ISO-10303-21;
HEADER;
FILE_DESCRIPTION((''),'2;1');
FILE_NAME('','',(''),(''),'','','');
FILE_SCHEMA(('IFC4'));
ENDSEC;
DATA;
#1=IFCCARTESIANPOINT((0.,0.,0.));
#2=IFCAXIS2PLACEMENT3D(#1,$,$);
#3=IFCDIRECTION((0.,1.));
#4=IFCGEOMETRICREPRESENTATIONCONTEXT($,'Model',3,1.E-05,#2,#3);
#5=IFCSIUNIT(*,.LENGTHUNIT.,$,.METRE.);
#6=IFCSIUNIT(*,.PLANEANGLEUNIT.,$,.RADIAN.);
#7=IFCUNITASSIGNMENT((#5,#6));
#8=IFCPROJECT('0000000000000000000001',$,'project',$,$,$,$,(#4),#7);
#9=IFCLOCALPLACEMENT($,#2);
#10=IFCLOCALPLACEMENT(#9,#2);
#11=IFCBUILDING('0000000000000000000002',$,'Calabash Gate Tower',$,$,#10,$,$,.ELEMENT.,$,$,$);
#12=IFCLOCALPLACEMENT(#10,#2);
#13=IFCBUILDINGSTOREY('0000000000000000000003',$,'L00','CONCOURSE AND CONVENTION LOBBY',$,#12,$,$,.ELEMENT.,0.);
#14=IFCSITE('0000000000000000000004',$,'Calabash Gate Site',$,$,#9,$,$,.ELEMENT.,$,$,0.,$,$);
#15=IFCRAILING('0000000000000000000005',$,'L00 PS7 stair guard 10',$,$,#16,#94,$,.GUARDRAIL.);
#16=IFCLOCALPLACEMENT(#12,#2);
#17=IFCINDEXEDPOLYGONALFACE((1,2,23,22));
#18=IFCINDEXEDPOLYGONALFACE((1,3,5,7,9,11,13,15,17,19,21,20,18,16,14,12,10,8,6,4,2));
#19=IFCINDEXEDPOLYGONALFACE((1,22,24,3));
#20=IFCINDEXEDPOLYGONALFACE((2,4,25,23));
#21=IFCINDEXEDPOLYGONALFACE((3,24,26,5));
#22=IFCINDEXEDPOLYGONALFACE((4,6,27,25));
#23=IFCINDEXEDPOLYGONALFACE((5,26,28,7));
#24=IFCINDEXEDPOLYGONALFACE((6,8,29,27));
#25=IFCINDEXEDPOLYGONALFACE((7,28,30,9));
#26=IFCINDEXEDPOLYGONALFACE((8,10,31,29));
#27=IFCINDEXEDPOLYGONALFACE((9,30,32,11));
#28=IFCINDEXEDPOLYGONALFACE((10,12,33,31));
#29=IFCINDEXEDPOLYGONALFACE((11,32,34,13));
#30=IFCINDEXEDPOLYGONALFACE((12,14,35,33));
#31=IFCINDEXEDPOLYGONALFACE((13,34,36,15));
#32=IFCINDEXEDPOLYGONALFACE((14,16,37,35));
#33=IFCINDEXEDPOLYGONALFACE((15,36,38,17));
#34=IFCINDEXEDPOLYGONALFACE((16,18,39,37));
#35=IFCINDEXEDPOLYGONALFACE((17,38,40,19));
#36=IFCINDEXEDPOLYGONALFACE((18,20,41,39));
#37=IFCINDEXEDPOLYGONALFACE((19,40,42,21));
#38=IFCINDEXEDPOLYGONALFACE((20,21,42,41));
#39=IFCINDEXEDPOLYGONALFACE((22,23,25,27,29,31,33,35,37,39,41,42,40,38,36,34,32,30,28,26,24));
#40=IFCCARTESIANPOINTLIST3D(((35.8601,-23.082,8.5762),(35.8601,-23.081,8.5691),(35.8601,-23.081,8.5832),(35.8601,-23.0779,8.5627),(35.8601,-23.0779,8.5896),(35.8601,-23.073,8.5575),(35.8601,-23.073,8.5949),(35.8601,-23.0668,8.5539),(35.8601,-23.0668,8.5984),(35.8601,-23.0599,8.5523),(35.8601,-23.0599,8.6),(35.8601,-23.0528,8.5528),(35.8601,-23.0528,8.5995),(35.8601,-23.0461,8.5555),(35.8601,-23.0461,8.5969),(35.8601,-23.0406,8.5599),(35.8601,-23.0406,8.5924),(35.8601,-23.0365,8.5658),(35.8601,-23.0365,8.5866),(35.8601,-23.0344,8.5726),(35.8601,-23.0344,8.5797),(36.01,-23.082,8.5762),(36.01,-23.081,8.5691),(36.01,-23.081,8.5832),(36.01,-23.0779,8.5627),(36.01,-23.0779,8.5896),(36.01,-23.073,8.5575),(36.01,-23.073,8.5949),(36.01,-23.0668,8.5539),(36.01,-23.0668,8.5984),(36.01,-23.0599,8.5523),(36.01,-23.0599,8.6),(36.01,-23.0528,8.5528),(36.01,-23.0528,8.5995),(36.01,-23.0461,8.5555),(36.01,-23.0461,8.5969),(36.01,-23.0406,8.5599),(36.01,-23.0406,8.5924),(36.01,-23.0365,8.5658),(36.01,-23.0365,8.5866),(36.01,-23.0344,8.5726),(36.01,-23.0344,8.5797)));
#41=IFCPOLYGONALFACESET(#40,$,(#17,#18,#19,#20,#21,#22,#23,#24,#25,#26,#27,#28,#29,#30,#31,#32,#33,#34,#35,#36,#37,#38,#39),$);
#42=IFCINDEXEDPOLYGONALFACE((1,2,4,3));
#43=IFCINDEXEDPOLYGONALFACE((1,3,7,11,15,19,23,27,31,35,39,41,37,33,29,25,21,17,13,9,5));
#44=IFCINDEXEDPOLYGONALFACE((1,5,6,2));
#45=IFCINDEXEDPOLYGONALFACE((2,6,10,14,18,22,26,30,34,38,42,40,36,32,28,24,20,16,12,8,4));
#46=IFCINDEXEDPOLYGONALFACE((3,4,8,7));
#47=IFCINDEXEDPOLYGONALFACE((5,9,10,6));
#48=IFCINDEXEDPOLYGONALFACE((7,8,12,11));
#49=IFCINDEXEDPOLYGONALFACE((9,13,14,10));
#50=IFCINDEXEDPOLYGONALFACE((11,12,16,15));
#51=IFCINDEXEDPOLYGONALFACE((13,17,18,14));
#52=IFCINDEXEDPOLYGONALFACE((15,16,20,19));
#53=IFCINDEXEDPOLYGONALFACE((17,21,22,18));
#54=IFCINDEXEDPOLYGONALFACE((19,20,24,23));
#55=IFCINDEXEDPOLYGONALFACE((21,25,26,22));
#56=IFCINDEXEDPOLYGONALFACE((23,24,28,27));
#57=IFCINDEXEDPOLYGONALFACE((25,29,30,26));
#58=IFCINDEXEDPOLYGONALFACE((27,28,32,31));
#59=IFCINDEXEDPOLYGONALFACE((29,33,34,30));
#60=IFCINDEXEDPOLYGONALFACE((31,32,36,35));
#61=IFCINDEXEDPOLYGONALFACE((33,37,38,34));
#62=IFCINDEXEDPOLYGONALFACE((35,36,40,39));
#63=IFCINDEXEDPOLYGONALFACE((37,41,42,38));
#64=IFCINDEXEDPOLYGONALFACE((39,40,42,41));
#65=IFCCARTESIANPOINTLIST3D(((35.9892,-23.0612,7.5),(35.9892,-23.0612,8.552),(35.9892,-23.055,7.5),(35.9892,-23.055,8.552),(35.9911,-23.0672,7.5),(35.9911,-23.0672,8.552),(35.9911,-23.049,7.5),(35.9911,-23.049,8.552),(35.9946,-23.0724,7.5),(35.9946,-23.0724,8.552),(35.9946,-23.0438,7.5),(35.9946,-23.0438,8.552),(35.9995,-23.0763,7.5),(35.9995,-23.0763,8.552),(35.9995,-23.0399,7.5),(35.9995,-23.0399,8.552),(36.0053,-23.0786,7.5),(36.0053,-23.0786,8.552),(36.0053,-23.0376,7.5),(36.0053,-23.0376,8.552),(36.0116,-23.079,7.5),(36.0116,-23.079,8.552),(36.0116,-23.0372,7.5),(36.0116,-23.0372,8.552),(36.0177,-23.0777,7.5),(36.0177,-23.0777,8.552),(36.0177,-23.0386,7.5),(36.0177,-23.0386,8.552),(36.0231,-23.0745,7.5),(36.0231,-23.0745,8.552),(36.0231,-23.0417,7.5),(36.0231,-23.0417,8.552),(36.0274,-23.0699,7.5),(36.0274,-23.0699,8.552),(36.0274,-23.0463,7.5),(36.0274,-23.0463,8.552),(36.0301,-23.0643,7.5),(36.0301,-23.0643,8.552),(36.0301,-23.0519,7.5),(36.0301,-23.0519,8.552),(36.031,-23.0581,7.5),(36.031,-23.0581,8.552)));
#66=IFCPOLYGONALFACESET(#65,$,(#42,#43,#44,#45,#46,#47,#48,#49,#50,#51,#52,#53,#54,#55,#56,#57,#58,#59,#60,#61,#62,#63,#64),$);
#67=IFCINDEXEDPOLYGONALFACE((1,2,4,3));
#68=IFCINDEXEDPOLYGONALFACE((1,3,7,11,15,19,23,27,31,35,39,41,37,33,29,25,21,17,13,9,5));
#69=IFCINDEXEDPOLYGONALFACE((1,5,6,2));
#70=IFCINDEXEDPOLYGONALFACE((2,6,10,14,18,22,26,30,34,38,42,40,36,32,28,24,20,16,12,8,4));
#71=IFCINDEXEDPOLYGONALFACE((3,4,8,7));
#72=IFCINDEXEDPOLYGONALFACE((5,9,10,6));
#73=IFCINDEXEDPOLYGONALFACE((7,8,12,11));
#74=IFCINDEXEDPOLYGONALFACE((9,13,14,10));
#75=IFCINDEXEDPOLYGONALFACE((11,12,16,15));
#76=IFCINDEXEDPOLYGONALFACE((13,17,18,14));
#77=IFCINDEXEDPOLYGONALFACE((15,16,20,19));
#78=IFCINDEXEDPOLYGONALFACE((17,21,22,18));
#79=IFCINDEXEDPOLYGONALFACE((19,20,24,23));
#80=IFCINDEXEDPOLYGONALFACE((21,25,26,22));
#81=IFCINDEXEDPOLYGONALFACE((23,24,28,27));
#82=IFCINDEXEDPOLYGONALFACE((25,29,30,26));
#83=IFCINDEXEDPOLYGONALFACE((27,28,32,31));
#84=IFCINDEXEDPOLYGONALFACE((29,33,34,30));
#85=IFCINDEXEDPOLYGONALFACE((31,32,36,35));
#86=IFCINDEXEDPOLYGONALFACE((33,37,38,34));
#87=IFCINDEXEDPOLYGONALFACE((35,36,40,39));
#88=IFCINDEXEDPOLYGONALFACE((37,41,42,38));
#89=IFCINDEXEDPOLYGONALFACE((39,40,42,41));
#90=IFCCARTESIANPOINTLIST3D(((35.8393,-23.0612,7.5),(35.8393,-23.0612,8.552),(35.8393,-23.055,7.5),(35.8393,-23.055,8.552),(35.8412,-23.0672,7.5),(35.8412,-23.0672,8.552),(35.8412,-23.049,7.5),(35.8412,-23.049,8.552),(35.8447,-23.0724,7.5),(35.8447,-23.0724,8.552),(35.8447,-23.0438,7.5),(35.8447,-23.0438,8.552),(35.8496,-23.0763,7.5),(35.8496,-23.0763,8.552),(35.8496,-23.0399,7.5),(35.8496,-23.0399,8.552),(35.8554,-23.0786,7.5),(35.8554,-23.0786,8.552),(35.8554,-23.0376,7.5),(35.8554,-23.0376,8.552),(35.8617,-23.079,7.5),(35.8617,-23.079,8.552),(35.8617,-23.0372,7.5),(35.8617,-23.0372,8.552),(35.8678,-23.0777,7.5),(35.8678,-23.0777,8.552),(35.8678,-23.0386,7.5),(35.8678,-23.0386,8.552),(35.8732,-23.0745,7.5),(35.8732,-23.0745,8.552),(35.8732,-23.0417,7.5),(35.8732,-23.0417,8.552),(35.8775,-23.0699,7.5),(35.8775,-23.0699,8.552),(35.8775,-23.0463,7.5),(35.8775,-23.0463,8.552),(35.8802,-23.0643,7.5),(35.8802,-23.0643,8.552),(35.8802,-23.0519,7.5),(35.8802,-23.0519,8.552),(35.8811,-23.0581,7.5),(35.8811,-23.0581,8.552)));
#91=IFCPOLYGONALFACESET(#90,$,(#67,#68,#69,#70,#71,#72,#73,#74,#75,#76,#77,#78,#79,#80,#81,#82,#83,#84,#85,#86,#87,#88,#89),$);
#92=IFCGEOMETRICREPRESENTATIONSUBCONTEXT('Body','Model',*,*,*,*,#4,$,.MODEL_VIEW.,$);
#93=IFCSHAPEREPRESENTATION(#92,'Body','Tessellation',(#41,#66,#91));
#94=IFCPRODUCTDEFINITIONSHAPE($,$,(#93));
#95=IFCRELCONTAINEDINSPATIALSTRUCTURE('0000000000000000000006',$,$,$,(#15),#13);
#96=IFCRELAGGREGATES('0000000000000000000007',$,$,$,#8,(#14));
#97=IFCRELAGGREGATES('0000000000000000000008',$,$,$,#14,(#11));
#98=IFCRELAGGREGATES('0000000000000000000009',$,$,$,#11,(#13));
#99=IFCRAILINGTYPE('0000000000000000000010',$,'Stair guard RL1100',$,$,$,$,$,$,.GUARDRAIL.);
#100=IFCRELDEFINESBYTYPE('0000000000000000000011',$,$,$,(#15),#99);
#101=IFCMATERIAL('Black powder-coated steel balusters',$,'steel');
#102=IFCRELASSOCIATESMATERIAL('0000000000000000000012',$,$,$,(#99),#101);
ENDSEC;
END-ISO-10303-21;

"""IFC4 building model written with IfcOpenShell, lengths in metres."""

from ifc_helpers import new_model, si_unit, direction, frame, origin, origin_2d, place, context, subcontext, project, spatial, circle, extrude, material, type_object, element, save


model = new_model("IFC4")

# Units and contexts
model_context = context("Model", 3, precision=1e-05, world=origin(), true_north=direction((0.0, 1.0)))
body_context = subcontext(model_context, "Body", "Model", "MODEL_VIEW")
ifc_project = project(units=[si_unit("LENGTHUNIT", "METRE"), si_unit("PLANEANGLEUNIT", "RADIAN")], contexts=[model_context])

# Site, building, storey
site_placement = place(None, origin())
site = spatial("IfcSite", under=ifc_project, at=site_placement, Name="Calabash Gate Site", CompositionType="ELEMENT", RefElevation=0.0)
building_placement = place(site_placement, origin())
building = spatial("IfcBuilding", under=site, at=building_placement, Name="Calabash Gate Tower", CompositionType="ELEMENT")
storey_placement = place(building_placement, origin())
storey = spatial("IfcBuildingStorey", under=building, at=storey_placement, Name="L00", Description="CONCOURSE AND CONVENTION LOBBY", CompositionType="ELEMENT", Elevation=0.0)

# Railing
ifc_material_1 = material(Name="Black powder-coated steel balusters", Category="steel")
railing_type_1 = type_object("IfcRailingType", Name="Stair guard RL1100", PredefinedType="GUARDRAIL", material=ifc_material_1)
railing_1_placement = place(storey_placement, frame((36.01, -23.0581, 7.5)))
element("IfcRailing", 1, at=railing_1_placement, inside=storey, type_object=railing_type_1, Name="L00 PS7 stair guard 10", PredefinedType="GUARDRAIL", context=body_context, shape_type="SweptSolid", body=[
    extrude(circle(Radius=0.0239, at=origin_2d()), frame((0.0, 0.0, 1.0762), z_axis=(-1.0, 0.0, 0.0), x_axis=(0.0, -1.0, 0.0)), (0.0, 0.0, 1.0), 0.1499),
    extrude(circle(Radius=0.021, at=origin_2d()), origin(), (0.0, 0.0, 1.0), 1.052),
    extrude(circle(Radius=0.021, at=origin_2d()), frame((-0.1499, 0.0, 0.0)), (0.0, 0.0, 1.0), 1.052),
])

save(model, "model.ifc")
